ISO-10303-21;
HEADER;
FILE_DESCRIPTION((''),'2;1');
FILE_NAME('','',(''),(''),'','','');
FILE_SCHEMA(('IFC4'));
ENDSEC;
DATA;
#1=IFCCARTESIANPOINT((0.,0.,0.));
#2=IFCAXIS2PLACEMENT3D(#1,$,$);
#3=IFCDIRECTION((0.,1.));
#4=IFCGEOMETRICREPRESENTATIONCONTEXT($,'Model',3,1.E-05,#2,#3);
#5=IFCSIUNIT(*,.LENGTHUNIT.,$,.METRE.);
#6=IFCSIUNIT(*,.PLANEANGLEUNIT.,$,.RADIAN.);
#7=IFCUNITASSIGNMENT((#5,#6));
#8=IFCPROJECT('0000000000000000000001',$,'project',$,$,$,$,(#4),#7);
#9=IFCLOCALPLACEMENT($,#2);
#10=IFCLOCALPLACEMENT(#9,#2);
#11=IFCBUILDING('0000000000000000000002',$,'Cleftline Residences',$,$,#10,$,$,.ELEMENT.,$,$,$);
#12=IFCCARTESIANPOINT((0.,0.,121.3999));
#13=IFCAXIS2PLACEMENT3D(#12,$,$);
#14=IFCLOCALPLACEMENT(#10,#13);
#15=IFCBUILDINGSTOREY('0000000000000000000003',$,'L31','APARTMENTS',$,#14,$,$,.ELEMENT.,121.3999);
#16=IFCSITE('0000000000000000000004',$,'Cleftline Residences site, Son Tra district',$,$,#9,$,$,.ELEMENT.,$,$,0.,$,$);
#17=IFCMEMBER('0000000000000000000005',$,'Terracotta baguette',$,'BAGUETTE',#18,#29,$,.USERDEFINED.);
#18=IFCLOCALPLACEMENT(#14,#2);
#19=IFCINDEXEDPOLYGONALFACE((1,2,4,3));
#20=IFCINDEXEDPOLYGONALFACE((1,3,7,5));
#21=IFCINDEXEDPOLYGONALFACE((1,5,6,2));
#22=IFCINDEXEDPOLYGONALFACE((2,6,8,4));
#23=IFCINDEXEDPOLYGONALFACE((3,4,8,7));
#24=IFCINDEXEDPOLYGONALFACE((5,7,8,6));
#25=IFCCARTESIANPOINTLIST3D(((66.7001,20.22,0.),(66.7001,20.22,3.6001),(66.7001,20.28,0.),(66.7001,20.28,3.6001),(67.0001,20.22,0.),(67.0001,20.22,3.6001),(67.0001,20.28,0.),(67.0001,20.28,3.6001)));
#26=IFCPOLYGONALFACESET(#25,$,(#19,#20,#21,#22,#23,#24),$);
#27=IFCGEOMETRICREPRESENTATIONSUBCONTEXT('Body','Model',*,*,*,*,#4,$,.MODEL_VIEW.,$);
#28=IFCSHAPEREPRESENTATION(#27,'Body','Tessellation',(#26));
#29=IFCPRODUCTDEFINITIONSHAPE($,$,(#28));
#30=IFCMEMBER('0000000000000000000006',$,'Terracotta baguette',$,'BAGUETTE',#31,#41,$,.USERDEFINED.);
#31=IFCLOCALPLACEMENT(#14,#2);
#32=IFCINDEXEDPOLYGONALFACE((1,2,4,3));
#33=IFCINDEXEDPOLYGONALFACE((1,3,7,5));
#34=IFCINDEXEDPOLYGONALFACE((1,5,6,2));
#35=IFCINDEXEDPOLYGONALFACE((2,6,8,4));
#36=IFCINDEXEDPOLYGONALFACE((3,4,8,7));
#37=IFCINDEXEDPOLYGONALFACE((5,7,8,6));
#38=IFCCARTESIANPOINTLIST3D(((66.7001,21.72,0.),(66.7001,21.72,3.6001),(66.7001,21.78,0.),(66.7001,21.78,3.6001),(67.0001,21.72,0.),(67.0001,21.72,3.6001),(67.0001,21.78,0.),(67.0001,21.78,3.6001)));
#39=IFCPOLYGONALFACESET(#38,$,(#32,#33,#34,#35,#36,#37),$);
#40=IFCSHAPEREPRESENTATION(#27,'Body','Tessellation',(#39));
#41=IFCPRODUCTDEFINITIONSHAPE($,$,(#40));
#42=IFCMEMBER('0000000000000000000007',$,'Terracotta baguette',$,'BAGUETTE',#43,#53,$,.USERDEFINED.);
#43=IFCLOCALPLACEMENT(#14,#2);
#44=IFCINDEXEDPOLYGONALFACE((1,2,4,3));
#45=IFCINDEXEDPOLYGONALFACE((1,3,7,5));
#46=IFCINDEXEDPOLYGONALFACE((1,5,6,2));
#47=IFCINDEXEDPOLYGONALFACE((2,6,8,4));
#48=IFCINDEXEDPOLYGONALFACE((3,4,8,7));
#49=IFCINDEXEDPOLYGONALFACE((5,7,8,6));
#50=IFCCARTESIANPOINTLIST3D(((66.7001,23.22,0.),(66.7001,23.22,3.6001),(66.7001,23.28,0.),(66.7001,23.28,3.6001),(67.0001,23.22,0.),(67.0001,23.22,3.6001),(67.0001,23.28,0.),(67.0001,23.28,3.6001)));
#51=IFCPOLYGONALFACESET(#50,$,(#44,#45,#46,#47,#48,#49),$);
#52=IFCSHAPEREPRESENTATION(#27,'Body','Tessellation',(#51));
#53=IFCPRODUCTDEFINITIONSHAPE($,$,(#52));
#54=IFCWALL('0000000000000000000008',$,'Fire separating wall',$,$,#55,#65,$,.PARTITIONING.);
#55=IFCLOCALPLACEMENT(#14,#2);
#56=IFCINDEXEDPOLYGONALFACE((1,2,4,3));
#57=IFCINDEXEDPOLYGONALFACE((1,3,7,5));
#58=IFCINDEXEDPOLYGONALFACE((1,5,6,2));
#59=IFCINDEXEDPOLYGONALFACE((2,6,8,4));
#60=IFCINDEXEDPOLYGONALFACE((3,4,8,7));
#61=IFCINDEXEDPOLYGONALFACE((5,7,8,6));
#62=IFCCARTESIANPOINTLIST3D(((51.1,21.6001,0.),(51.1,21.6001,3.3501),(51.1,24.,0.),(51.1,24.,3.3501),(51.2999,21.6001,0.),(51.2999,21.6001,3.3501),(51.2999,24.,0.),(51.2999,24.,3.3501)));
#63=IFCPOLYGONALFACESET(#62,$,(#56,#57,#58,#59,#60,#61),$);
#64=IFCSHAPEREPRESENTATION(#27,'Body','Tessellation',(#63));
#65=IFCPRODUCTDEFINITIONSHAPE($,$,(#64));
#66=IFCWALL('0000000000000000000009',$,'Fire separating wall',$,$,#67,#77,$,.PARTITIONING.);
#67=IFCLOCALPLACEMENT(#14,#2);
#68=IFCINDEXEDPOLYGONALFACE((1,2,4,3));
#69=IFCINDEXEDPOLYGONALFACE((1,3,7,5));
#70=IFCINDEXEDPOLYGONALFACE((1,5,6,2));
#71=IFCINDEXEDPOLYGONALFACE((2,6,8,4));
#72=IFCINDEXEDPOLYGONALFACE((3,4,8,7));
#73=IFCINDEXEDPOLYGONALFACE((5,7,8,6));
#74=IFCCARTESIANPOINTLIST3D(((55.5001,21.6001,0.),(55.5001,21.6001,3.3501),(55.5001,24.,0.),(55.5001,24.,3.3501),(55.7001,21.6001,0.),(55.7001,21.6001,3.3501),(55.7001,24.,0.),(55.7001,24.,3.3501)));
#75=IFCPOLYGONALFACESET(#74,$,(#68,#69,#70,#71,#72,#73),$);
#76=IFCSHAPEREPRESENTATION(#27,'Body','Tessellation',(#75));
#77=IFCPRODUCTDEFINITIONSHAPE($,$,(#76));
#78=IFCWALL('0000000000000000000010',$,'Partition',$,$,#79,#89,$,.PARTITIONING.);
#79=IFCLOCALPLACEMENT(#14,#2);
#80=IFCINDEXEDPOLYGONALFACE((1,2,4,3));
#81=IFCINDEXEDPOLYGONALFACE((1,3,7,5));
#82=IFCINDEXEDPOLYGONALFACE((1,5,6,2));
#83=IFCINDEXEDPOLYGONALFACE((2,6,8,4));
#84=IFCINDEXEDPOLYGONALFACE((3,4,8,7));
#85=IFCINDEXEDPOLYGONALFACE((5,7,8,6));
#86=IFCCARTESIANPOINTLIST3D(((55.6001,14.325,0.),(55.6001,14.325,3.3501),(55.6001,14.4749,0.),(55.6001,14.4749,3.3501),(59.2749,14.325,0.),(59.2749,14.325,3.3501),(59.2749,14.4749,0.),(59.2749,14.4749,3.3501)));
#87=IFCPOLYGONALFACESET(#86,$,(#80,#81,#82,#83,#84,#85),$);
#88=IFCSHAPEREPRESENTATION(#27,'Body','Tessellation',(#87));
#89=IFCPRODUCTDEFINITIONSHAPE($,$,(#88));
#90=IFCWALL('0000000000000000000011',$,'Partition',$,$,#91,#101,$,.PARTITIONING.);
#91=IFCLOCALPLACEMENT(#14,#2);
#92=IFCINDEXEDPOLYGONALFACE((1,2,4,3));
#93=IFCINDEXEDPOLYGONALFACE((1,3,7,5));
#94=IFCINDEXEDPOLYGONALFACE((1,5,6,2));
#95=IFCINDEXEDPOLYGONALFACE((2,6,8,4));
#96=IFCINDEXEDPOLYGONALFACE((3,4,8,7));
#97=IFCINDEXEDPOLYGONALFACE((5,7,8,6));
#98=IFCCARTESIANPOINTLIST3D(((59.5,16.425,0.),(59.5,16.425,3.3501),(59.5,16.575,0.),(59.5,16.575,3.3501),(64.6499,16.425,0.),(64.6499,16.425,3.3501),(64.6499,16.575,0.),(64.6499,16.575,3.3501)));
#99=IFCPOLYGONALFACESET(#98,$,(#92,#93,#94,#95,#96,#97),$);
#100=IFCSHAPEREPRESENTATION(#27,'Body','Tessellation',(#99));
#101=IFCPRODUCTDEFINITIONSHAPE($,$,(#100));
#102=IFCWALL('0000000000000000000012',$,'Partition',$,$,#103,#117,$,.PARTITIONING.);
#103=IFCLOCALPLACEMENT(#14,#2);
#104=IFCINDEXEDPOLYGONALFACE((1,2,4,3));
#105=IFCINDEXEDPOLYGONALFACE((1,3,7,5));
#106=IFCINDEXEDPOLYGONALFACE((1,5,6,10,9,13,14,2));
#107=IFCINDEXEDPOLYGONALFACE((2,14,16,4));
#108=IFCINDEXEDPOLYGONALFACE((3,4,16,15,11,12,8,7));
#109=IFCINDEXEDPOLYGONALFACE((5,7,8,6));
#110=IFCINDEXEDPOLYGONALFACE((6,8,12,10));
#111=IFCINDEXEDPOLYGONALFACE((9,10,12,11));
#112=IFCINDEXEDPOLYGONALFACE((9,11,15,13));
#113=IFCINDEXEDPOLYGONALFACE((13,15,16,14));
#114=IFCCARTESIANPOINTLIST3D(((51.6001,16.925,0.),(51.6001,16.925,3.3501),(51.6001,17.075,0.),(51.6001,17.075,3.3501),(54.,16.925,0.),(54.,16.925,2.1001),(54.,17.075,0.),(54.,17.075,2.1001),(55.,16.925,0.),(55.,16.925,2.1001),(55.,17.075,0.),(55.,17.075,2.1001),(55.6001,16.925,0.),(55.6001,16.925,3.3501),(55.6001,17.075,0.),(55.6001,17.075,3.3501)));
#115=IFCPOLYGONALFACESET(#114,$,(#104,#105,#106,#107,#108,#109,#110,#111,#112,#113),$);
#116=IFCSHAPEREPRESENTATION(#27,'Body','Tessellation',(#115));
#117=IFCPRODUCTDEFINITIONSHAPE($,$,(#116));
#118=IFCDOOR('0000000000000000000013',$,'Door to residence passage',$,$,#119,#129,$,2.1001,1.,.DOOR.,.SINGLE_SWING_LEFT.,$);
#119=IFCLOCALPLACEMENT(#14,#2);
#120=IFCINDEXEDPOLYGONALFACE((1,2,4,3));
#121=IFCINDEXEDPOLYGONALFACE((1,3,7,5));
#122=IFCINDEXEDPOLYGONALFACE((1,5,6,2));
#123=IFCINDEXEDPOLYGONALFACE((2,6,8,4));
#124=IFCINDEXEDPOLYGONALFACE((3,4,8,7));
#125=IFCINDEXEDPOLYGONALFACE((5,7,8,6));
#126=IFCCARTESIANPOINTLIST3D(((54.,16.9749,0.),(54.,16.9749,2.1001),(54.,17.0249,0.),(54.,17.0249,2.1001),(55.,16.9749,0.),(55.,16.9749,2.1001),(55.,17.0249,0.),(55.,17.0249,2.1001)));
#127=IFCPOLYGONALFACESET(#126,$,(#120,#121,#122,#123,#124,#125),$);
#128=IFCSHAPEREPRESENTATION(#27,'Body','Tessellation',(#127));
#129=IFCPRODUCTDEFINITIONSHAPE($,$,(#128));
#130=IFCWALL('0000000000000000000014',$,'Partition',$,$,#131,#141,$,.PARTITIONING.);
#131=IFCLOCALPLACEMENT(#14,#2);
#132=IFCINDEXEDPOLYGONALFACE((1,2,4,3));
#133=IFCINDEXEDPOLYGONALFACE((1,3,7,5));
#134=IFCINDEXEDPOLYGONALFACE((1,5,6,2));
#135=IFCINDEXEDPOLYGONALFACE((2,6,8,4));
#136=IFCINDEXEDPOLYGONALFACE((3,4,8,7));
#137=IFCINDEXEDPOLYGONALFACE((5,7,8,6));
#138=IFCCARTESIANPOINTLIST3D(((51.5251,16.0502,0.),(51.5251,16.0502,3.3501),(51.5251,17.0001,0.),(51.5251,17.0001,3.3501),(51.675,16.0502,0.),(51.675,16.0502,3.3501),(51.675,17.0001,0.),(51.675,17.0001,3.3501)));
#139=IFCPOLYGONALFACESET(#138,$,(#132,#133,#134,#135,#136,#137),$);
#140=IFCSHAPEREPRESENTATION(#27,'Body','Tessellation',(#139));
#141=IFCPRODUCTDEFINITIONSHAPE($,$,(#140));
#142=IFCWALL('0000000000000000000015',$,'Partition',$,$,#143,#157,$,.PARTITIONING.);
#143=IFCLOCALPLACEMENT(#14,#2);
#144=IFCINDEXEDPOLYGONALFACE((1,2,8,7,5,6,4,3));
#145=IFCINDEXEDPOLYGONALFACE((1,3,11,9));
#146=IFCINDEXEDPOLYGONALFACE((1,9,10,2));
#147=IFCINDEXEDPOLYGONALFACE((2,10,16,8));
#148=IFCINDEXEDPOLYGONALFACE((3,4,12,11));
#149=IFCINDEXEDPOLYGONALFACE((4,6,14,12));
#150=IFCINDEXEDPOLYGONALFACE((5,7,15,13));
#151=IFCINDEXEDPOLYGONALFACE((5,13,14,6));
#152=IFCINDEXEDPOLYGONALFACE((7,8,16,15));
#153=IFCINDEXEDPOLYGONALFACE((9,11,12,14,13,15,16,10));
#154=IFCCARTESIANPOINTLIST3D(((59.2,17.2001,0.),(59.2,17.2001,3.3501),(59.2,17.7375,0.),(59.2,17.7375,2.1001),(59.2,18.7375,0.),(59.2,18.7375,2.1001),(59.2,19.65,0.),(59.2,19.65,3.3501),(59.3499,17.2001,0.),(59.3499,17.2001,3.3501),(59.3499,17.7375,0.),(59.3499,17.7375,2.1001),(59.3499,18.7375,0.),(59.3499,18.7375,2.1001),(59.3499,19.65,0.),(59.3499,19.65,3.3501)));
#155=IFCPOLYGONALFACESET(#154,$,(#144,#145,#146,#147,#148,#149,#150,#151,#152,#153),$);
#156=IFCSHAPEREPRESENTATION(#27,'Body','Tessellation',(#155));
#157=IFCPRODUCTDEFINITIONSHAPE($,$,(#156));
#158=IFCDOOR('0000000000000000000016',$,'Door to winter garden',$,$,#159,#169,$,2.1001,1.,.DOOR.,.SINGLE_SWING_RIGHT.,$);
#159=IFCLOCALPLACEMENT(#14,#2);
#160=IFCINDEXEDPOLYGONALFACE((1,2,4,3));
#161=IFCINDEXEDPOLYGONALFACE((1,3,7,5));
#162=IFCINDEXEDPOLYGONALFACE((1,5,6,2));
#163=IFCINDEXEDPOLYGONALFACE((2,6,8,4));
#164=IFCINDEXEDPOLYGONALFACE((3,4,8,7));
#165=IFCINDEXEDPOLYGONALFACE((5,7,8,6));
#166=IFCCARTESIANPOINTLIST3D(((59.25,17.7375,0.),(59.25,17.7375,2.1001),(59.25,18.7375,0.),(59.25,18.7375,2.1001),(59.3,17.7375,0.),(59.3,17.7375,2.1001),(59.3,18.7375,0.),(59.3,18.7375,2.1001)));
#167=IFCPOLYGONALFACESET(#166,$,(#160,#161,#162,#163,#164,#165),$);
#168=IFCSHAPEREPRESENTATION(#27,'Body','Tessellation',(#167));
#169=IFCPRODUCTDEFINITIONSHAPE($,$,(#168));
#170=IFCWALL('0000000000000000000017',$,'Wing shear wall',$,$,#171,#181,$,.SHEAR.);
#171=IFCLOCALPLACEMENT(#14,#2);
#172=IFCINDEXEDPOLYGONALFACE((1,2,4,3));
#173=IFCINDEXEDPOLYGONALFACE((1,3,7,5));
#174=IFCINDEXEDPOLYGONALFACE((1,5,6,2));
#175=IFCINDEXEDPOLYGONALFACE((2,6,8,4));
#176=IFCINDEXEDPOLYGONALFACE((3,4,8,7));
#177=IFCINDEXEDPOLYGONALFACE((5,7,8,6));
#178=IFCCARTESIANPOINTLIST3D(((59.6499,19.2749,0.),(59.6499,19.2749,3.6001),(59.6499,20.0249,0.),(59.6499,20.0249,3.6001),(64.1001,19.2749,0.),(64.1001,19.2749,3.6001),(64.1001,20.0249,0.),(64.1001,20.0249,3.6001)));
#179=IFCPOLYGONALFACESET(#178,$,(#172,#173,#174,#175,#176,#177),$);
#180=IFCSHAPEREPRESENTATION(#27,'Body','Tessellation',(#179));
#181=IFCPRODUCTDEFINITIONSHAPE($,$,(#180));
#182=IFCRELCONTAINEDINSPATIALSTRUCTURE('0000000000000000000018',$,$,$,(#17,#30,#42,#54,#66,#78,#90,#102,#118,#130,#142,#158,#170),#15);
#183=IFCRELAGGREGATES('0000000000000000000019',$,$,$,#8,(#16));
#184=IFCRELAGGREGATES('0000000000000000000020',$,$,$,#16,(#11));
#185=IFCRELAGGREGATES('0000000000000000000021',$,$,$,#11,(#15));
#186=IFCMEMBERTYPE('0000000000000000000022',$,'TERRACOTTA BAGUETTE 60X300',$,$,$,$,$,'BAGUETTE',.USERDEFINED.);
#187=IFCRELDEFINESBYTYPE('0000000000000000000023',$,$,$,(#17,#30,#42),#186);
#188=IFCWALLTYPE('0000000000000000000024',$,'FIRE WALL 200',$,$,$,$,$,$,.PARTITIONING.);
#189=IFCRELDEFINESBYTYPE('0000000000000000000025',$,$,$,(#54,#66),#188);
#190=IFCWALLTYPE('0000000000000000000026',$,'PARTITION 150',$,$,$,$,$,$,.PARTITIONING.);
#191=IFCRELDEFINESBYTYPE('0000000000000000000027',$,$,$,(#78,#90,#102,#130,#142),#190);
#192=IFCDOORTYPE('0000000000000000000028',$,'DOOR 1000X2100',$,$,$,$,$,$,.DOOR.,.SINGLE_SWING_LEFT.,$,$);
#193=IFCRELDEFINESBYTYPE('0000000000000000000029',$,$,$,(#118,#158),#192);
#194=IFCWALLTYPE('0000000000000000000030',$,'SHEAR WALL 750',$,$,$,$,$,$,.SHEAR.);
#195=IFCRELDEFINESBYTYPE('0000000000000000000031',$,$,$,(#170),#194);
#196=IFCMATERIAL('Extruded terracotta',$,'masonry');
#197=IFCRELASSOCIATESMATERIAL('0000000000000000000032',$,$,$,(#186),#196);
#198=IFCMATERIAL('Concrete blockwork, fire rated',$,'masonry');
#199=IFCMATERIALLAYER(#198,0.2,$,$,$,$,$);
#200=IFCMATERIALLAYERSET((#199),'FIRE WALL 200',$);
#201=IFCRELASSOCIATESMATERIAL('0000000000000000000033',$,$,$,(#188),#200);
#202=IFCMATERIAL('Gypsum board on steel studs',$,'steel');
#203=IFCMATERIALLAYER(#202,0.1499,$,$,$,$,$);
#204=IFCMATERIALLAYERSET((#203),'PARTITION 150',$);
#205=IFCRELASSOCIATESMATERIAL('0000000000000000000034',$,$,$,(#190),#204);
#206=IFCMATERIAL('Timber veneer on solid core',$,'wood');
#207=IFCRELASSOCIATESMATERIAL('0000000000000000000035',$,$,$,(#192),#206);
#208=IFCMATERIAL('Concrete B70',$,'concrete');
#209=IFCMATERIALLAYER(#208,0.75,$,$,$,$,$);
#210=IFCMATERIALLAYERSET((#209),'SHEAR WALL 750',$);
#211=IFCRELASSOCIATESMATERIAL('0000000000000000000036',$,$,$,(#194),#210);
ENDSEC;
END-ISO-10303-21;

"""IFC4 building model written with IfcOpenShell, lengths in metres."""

from ifc_helpers import new_model, si_unit, direction, frame, frame_2d, origin, origin_2d, place, context, subcontext, project, spatial, rectangle, extrude, material, layer, layer_set, material_profile, profile_set, type_object, element, fill, save


model = new_model("IFC4")

# Units and contexts
model_context = context("Model", 3, precision=1e-05, world=origin(), true_north=direction((0.0, 1.0)))
body_context = subcontext(model_context, "Body", "Model", "MODEL_VIEW")
ifc_project = project(units=[si_unit("LENGTHUNIT", "METRE"), si_unit("PLANEANGLEUNIT", "RADIAN")], contexts=[model_context])

# Site, building, storey
site_placement = place(None, origin())
site = spatial("IfcSite", under=ifc_project, at=site_placement, Name="Cleftline Residences site, Son Tra district", CompositionType="ELEMENT", RefElevation=0.0)
building_placement = place(site_placement, origin())
building = spatial("IfcBuilding", under=site, at=building_placement, Name="Cleftline Residences", CompositionType="ELEMENT")
storey_placement = place(building_placement, frame((0.0, 0.0, 121.3999)))
storey = spatial("IfcBuildingStorey", under=building, at=storey_placement, Name="L31", Description="APARTMENTS", CompositionType="ELEMENT", Elevation=121.3999)

# Members
ifc_material_1 = material(Name="Extruded terracotta", Category="masonry")
ifc_material_profile_1 = material_profile(ifc_material_1, rectangle(XDim=0.0601, YDim=0.3, at=origin_2d()))
ifc_profile_set_1 = profile_set([ifc_material_profile_1], Name="Extruded terracotta")
member_type_1 = type_object("IfcMemberType", Name="TERRACOTTA BAGUETTE 60X300", ElementType="BAGUETTE", PredefinedType="USERDEFINED", material=ifc_profile_set_1)
for number, where, z_axis, x_axis, name in (
    (1, (66.8501, 20.25, 0.0), (0.0, 0.0, 1.0), (0.0, 1.0, 0.0), "Terracotta baguette"),
    (2, (66.8501, 21.75, 0.0), (0.0, 0.0, 1.0), (0.0, 1.0, 0.0), "Terracotta baguette"),
    (3, (66.8501, 23.25, 0.0), (0.0, 0.0, 1.0), (0.0, 1.0, 0.0), "Terracotta baguette"),
):
    element("IfcMember", number, at=place(storey_placement, frame(where, z_axis=z_axis, x_axis=x_axis)), inside=storey, type_object=member_type_1, Name=name, ObjectType="BAGUETTE", PredefinedType="USERDEFINED", context=body_context, shape_type="SweptSolid", body=[
        extrude(rectangle(XDim=0.0601, YDim=0.3, at=origin_2d()), origin(), (0.0, 0.0, 1.0), 3.6001),
    ])

# Walls
ifc_material_2 = material(Name="Concrete blockwork, fire rated", Category="masonry")
ifc_layer_1 = layer(ifc_material_2, 0.2)
ifc_layer_set_1 = layer_set([ifc_layer_1], Name="FIRE WALL 200")
wall_type_1 = type_object("IfcWallType", Name="FIRE WALL 200", PredefinedType="PARTITIONING", material=ifc_layer_set_1)
for number, where, z_axis, x_axis, name in (
    (4, (51.2, 21.6001, 0.0), (0.0, 0.0, 1.0), (0.0, 1.0, 0.0), "Fire separating wall"),
    (5, (55.6001, 21.6001, 0.0), (0.0, 0.0, 1.0), (0.0, 1.0, 0.0), "Fire separating wall"),
):
    element("IfcWall", number, at=place(storey_placement, frame(where, z_axis=z_axis, x_axis=x_axis)), inside=storey, type_object=wall_type_1, Name=name, PredefinedType="PARTITIONING", context=body_context, shape_type="SweptSolid", body=[
        extrude(rectangle(XDim=2.3999, YDim=0.2, at=frame_2d((1.2, 0.0))), origin(), (0.0, 0.0, 1.0), 3.3501),
    ])
ifc_material_3 = material(Name="Gypsum board on steel studs", Category="steel")
ifc_layer_2 = layer(ifc_material_3, 0.1499)
ifc_layer_set_2 = layer_set([ifc_layer_2], Name="PARTITION 150")
wall_type_2 = type_object("IfcWallType", Name="PARTITION 150", PredefinedType="PARTITIONING", material=ifc_layer_set_2)
wall_1_placement = place(storey_placement, frame((55.6001, 14.3999, 0.0), z_axis=(0.0, 0.0, 1.0), x_axis=(1.0, 0.0, 0.0)))
element("IfcWall", 6, at=wall_1_placement, inside=storey, type_object=wall_type_2, Name="Partition", PredefinedType="PARTITIONING", context=body_context, shape_type="SweptSolid", body=[
    extrude(rectangle(XDim=3.6748, YDim=0.1499, at=frame_2d((1.8374, 0.0))), origin(), (0.0, 0.0, 1.0), 3.3501),
])
wall_2_placement = place(storey_placement, frame((59.5, 16.5, 0.0), z_axis=(0.0, 0.0, 1.0), x_axis=(1.0, 0.0, 0.0)))
element("IfcWall", 7, at=wall_2_placement, inside=storey, type_object=wall_type_2, Name="Partition", PredefinedType="PARTITIONING", context=body_context, shape_type="SweptSolid", body=[
    extrude(rectangle(XDim=5.1499, YDim=0.1499, at=frame_2d((2.575, 0.0))), origin(), (0.0, 0.0, 1.0), 3.3501),
])

# Wall, opening, door
wall_3_placement = place(storey_placement, frame((51.6001, 17.0, 0.0), z_axis=(0.0, 0.0, 1.0), x_axis=(1.0, 0.0, 0.0)))
wall_3 = element("IfcWall", 8, at=wall_3_placement, inside=storey, type_object=wall_type_2, Name="Partition", PredefinedType="PARTITIONING", context=body_context, shape_type="SweptSolid", body=[
    extrude(rectangle(XDim=4.0, YDim=0.1499, at=frame_2d((2.0, 0.0))), origin(), (0.0, 0.0, 1.0), 3.3501),
])
opening_1_placement = place(wall_3_placement, frame((2.3999, 0.0, 0.0)))
opening_1 = element("IfcOpeningElement", 9, at=opening_1_placement, cuts=wall_3, PredefinedType="OPENING", context=body_context, shape_type="SweptSolid", body=[
    extrude(rectangle(XDim=1.0, YDim=2.1001, at=frame_2d((0.5, 1.05))), frame((0.0, 0.085, 0.0), z_axis=(0.0, -1.0, 0.0), x_axis=(1.0, 0.0, 0.0)), (0.0, 0.0, 1.0), 0.1699),
])
ifc_material_4 = material(Name="Timber veneer on solid core", Category="wood")
door_type = type_object("IfcDoorType", Name="DOOR 1000X2100", OperationType="SINGLE_SWING_LEFT", PredefinedType="DOOR", material=ifc_material_4)
door_1_placement = place(opening_1_placement, origin())
door_1 = element("IfcDoor", 10, at=door_1_placement, inside=storey, type_object=door_type, Name="Door to residence passage", OperationType="SINGLE_SWING_LEFT", OverallHeight=2.1001, OverallWidth=1.0, PredefinedType="DOOR", context=body_context, shape_type="SweptSolid", body=[
    extrude(rectangle(XDim=1.0, YDim=2.1001, at=frame_2d((0.5, 1.05))), frame((0.0, 0.0249, 0.0), z_axis=(0.0, -1.0, 0.0), x_axis=(1.0, 0.0, 0.0)), (0.0, 0.0, 1.0), 0.05),
])
fill(opening_1, door_1)

# Wall
wall_4_placement = place(storey_placement, frame((51.6001, 16.05, 0.0), z_axis=(0.0, 0.0, 1.0), x_axis=(0.0, 1.0, 0.0)))
element("IfcWall", 11, at=wall_4_placement, inside=storey, type_object=wall_type_2, Name="Partition", PredefinedType="PARTITIONING", context=body_context, shape_type="SweptSolid", body=[
    extrude(rectangle(XDim=0.95, YDim=0.1499, at=frame_2d((0.4751, 0.0))), origin(), (0.0, 0.0, 1.0), 3.3501),
])

# Wall, opening, door
wall_5_placement = place(storey_placement, frame((59.2749, 17.2, 0.0), z_axis=(0.0, 0.0, 1.0), x_axis=(0.0, 1.0, 0.0)))
wall_5 = element("IfcWall", 12, at=wall_5_placement, inside=storey, type_object=wall_type_2, Name="Partition", PredefinedType="PARTITIONING", context=body_context, shape_type="SweptSolid", body=[
    extrude(rectangle(XDim=2.45, YDim=0.1499, at=frame_2d((1.2251, 0.0))), origin(), (0.0, 0.0, 1.0), 3.3501),
])
opening_2_placement = place(wall_5_placement, frame((0.5376, 0.0, 0.0)))
opening_2 = element("IfcOpeningElement", 13, at=opening_2_placement, cuts=wall_5, PredefinedType="OPENING", context=body_context, shape_type="SweptSolid", body=[
    extrude(rectangle(XDim=1.0, YDim=2.1001, at=frame_2d((0.5, 1.05))), frame((0.0, 0.085, 0.0), z_axis=(0.0, -1.0, 0.0), x_axis=(1.0, 0.0, 0.0)), (0.0, 0.0, 1.0), 0.1699),
])
door_2_placement = place(opening_2_placement, origin())
door_2 = element("IfcDoor", 14, at=door_2_placement, inside=storey, type_object=door_type, Name="Door to winter garden", OperationType="SINGLE_SWING_RIGHT", OverallHeight=2.1001, OverallWidth=1.0, PredefinedType="DOOR", context=body_context, shape_type="SweptSolid", body=[
    extrude(rectangle(XDim=1.0, YDim=2.1001, at=frame_2d((0.5, 1.05))), frame((0.0, 0.0249, 0.0), z_axis=(0.0, -1.0, 0.0), x_axis=(1.0, 0.0, 0.0)), (0.0, 0.0, 1.0), 0.05),
])
fill(opening_2, door_2)

# Wall
ifc_material_5 = material(Name="Concrete B70", Category="concrete")
ifc_layer_3 = layer(ifc_material_5, 0.75)
ifc_layer_set_3 = layer_set([ifc_layer_3], Name="SHEAR WALL 750")
wall_type_3 = type_object("IfcWallType", Name="SHEAR WALL 750", PredefinedType="SHEAR", material=ifc_layer_set_3)
wall_6_placement = place(storey_placement, frame((59.6499, 19.6499, 0.0), z_axis=(0.0, 0.0, 1.0), x_axis=(1.0, 0.0, 0.0)))
element("IfcWall", 15, at=wall_6_placement, inside=storey, type_object=wall_type_3, Name="Wing shear wall", PredefinedType="SHEAR", context=body_context, shape_type="SweptSolid", body=[
    extrude(rectangle(XDim=4.4502, YDim=0.75, at=frame_2d((2.2251, 0.0))), origin(), (0.0, 0.0, 1.0), 3.6001),
])

save(model, "model.ifc")
